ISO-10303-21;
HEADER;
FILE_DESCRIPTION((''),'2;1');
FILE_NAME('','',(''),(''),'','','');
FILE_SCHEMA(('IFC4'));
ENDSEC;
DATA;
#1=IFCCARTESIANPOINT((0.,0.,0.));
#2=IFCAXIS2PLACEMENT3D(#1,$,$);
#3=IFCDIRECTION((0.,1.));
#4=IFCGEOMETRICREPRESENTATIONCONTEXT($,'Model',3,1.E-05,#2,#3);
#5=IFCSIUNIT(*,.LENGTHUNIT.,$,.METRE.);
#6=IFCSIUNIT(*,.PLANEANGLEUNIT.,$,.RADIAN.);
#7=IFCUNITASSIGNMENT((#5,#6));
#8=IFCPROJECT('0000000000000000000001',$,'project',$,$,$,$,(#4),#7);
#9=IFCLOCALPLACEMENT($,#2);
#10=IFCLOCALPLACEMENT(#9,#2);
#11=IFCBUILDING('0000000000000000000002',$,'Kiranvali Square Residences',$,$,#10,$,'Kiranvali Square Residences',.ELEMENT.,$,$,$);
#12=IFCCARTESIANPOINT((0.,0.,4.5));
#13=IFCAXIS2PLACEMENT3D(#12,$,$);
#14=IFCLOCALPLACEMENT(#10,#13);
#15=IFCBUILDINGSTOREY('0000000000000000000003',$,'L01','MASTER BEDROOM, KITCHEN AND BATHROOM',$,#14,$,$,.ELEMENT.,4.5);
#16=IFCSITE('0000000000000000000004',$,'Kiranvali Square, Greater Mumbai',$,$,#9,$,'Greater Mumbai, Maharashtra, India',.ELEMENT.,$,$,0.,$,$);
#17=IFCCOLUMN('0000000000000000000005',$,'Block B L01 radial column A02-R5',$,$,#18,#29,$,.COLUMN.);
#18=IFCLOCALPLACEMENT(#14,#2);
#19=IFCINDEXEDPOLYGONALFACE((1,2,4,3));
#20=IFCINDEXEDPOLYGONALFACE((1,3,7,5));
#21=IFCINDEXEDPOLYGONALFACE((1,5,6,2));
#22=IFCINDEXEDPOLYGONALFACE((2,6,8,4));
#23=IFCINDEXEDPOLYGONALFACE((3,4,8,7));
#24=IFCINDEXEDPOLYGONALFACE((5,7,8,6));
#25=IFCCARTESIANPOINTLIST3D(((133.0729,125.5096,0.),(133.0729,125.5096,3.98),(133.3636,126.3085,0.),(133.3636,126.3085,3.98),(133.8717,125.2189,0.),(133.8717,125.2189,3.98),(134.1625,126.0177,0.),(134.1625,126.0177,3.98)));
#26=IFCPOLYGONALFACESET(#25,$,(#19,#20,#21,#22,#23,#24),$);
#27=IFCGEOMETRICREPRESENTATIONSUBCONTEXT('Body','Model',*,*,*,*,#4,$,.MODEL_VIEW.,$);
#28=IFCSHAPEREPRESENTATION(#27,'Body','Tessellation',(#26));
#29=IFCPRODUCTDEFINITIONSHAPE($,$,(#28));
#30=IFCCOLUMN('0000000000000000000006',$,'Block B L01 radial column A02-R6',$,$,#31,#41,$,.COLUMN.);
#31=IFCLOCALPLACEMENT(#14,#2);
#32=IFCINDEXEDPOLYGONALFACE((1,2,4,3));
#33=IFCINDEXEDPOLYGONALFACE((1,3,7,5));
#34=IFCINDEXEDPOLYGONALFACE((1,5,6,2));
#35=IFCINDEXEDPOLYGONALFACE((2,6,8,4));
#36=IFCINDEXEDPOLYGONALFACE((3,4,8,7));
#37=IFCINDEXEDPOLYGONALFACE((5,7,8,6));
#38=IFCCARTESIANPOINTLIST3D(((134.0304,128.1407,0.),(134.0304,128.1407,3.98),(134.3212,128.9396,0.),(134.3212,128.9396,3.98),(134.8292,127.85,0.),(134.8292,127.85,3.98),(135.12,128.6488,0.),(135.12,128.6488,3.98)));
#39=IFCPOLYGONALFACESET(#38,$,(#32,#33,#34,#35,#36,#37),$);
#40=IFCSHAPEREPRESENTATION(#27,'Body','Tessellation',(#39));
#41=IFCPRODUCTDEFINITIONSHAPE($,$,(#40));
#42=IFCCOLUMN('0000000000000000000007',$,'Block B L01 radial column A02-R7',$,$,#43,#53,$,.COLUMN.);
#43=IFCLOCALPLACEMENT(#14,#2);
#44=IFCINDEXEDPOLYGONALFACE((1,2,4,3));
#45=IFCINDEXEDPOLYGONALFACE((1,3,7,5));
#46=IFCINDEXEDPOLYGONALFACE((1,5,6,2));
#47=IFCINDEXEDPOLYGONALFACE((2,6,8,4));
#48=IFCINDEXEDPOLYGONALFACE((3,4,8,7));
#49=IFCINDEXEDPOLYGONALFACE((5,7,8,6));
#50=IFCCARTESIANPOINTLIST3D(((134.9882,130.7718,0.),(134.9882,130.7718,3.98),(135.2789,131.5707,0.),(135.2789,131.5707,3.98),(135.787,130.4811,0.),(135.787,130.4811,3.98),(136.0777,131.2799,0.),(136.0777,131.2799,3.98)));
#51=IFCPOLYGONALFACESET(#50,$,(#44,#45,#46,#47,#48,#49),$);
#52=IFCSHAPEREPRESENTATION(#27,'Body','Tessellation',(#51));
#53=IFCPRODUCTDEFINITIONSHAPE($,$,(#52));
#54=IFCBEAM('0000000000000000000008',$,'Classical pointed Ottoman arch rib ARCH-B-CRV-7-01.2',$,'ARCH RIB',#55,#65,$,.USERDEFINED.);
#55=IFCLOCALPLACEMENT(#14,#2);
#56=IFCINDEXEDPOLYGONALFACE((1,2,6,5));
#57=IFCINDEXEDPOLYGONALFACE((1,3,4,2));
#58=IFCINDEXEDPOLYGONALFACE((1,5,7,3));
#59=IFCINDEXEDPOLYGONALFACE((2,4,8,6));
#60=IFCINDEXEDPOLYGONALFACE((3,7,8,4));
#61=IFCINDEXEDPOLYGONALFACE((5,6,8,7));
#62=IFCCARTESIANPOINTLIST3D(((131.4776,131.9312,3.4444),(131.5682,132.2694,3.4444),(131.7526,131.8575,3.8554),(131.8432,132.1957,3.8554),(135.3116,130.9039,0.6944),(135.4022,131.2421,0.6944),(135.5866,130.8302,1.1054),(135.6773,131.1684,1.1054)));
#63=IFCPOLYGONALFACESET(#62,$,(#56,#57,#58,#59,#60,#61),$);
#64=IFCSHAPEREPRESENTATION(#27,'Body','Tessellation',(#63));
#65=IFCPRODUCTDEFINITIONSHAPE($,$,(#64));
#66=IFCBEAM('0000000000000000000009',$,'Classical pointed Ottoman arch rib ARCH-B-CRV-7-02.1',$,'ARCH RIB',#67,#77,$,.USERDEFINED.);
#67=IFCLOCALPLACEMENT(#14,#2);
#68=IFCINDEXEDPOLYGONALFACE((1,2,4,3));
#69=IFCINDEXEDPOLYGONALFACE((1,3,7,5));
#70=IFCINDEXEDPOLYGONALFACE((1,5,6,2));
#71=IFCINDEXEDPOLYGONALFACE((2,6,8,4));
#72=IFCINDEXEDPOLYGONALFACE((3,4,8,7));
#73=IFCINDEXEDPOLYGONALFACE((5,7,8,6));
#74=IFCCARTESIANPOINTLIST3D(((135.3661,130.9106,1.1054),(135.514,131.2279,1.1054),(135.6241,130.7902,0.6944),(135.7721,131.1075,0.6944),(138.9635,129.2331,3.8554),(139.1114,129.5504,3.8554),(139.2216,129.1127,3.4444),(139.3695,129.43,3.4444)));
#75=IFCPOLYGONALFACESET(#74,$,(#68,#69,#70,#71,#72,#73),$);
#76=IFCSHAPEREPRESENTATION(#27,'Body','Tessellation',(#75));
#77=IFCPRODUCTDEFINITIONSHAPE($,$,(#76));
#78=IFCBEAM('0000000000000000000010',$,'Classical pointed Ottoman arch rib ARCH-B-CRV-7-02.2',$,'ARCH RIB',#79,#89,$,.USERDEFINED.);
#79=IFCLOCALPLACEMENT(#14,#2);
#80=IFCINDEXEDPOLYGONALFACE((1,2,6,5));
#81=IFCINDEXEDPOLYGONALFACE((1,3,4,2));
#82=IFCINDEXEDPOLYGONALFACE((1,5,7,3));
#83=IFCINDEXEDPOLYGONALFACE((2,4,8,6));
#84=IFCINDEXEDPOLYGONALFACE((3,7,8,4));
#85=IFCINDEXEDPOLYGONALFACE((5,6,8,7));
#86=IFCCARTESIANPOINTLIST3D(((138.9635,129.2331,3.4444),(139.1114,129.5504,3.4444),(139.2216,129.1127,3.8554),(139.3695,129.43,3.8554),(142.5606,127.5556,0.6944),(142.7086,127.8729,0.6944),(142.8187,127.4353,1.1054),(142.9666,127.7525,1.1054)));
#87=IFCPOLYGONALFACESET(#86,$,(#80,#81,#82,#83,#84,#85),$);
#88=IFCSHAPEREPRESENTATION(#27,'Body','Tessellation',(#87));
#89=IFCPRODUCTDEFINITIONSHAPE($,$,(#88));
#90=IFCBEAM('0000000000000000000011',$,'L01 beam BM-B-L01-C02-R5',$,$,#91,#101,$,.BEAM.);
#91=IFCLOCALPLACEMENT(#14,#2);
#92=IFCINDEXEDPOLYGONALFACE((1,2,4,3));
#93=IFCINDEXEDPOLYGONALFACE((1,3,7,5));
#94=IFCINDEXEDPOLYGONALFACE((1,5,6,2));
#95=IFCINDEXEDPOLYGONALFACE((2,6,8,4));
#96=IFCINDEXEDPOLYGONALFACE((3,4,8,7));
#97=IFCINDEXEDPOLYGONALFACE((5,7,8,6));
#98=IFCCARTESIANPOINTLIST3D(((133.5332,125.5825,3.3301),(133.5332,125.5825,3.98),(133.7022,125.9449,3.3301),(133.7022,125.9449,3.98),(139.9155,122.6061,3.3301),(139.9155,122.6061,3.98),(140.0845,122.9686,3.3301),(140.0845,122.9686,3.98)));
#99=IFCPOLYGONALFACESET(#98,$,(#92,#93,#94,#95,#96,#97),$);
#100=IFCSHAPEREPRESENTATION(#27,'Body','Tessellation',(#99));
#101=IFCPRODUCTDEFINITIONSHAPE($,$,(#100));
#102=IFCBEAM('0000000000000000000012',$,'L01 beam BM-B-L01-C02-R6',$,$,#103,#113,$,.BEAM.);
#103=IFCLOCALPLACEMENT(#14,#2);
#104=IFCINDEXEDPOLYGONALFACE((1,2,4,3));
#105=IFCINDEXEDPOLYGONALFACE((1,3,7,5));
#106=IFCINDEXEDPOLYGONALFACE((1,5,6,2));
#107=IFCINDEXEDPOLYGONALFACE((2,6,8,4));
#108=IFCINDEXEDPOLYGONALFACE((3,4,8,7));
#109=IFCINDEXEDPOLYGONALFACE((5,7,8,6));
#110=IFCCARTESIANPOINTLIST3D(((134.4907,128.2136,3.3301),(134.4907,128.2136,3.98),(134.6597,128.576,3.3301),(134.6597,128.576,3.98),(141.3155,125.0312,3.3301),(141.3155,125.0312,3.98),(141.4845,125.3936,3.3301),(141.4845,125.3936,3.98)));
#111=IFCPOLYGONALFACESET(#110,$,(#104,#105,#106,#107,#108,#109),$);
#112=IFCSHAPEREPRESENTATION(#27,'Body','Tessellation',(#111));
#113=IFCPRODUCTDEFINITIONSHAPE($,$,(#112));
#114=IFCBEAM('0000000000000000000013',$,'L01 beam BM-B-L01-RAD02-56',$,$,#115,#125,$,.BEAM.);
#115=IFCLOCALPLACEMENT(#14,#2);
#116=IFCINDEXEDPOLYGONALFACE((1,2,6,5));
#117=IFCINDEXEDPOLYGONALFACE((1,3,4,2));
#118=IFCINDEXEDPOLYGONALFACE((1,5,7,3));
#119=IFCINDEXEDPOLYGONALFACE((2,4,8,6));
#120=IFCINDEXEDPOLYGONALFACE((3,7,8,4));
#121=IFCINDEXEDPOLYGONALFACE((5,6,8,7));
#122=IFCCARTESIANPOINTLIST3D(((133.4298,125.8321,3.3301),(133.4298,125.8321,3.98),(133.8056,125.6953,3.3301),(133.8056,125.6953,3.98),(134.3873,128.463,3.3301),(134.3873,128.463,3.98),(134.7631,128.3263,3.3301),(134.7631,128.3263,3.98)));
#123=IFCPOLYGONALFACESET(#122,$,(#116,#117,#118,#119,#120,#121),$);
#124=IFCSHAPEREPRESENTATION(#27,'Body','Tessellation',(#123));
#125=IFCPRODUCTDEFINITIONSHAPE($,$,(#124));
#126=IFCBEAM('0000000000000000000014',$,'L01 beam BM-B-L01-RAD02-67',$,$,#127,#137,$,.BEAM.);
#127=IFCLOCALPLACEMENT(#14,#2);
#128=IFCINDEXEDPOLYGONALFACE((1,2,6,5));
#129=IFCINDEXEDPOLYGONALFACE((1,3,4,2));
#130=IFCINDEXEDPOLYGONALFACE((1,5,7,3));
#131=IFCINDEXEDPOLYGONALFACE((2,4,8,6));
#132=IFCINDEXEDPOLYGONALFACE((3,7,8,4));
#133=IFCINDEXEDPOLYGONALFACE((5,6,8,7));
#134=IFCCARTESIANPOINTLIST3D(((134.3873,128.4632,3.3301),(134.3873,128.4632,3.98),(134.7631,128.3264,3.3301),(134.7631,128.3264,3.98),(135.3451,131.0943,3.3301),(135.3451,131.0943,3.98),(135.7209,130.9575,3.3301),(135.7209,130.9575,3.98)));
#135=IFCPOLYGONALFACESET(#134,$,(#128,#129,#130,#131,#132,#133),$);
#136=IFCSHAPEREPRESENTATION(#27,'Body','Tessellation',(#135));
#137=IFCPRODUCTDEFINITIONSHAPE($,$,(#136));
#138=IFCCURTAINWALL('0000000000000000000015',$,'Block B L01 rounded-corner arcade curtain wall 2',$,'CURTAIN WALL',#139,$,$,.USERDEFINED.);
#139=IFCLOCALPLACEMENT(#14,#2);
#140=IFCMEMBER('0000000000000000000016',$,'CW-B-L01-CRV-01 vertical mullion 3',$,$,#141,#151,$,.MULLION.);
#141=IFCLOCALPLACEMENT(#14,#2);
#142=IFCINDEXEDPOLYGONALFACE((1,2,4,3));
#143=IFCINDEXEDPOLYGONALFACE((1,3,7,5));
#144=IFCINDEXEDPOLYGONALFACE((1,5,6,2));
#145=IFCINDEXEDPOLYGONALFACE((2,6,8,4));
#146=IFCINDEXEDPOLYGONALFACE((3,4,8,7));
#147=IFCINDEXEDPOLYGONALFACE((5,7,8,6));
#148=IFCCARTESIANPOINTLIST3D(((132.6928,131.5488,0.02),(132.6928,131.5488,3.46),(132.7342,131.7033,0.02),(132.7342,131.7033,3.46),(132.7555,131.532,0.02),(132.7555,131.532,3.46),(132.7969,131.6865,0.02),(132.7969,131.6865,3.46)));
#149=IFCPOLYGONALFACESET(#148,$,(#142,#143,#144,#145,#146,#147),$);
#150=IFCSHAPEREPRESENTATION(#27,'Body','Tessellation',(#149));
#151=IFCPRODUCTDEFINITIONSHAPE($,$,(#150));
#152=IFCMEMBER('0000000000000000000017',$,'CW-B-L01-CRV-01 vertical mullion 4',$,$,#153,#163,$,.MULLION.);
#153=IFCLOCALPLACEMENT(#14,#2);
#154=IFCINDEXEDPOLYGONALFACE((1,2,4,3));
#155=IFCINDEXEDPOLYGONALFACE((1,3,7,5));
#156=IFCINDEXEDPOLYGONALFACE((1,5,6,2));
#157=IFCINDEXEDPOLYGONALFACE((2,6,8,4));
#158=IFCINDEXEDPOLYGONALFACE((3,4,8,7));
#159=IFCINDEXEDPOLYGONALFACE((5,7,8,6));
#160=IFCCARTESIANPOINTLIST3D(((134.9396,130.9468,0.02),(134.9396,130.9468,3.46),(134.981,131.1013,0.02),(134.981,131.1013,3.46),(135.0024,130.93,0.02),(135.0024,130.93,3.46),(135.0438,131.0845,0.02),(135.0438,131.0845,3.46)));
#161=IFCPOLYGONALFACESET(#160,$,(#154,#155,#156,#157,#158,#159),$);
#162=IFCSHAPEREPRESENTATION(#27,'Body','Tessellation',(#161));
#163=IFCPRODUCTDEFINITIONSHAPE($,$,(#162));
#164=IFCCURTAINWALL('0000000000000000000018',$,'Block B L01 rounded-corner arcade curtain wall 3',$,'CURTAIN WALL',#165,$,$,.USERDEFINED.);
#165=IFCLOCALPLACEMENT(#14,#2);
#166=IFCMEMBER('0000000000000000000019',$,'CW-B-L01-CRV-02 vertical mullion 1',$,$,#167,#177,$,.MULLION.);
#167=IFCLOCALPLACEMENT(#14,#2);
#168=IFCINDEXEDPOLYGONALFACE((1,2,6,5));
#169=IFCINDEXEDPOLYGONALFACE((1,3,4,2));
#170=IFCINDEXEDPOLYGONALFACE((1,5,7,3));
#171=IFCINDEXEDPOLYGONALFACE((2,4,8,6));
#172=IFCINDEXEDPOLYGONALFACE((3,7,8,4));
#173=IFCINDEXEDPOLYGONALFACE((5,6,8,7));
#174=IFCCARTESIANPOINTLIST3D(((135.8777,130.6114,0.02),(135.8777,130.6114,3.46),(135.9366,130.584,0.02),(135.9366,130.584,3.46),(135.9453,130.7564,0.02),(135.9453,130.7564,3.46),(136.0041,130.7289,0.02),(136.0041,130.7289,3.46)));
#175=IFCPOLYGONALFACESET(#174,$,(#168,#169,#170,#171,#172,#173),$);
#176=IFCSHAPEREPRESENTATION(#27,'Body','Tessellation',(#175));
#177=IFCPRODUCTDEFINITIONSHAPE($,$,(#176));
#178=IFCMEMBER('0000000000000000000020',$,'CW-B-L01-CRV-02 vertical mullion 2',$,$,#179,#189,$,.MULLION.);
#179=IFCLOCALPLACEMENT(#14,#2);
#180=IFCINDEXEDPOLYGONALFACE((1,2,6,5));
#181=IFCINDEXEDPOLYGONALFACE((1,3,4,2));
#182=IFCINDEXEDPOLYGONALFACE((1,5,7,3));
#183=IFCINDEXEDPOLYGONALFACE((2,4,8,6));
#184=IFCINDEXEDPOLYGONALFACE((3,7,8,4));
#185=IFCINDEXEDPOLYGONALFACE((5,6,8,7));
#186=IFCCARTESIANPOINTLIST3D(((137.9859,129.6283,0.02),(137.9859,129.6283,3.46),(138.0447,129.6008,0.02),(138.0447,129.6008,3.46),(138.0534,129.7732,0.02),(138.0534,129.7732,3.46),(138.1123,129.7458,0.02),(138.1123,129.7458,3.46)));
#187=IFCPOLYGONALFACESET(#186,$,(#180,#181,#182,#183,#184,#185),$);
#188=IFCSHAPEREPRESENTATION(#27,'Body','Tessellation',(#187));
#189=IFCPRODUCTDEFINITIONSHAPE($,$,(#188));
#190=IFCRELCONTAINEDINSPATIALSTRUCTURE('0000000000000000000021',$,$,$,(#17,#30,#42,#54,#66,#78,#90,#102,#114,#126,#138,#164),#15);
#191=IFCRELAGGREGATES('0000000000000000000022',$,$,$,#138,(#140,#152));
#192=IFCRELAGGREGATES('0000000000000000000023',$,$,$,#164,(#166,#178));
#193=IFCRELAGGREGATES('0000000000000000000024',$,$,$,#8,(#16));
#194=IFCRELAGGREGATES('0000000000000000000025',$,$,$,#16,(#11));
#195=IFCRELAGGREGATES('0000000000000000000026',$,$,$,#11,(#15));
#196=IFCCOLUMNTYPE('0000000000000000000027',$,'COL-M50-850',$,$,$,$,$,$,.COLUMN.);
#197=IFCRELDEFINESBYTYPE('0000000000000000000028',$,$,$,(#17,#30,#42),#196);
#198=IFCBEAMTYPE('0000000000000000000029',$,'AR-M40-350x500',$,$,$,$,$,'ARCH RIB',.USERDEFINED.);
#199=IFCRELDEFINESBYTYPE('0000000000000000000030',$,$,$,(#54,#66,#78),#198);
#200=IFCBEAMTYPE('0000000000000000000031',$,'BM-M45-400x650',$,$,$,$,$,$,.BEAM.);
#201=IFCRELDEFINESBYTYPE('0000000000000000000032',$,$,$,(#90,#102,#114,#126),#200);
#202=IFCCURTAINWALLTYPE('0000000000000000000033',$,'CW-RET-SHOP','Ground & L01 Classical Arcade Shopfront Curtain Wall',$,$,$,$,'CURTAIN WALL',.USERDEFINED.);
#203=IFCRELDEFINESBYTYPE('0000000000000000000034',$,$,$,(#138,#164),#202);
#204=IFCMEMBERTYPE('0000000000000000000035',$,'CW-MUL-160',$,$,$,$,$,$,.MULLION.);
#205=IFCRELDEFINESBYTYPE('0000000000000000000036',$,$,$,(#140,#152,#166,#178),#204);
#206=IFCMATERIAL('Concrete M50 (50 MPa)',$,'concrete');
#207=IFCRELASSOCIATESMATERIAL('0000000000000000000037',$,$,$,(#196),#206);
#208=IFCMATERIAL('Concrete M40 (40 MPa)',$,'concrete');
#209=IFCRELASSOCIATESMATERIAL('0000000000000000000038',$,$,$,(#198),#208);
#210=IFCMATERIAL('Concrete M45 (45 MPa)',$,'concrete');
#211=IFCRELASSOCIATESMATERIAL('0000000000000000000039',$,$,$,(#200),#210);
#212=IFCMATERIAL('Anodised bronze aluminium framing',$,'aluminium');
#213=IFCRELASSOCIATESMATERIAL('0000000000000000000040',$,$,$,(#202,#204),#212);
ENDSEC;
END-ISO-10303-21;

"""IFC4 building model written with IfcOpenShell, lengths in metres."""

from ifc_helpers import new_model, si_unit, direction, frame, origin, origin_2d, place, context, subcontext, project, spatial, rectangle, extrude, material, material_profile, profile_set, type_object, element, aggregate, save


model = new_model("IFC4")

# Units and contexts
model_context = context("Model", 3, precision=1e-05, world=origin(), true_north=direction((0.0, 1.0)))
body_context = subcontext(model_context, "Body", "Model", "MODEL_VIEW")
ifc_project = project(units=[si_unit("LENGTHUNIT", "METRE"), si_unit("PLANEANGLEUNIT", "RADIAN")], contexts=[model_context])

# Site, building, storey
site_placement = place(None, origin())
site = spatial("IfcSite", under=ifc_project, at=site_placement, Name="Kiranvali Square, Greater Mumbai", LongName="Greater Mumbai, Maharashtra, India", CompositionType="ELEMENT", RefElevation=0.0)
building_placement = place(site_placement, origin())
building = spatial("IfcBuilding", under=site, at=building_placement, Name="Kiranvali Square Residences", LongName="Kiranvali Square Residences", CompositionType="ELEMENT")
storey_placement = place(building_placement, frame((0.0, 0.0, 4.5)))
storey = spatial("IfcBuildingStorey", under=building, at=storey_placement, Name="L01", Description="MASTER BEDROOM, KITCHEN AND BATHROOM", CompositionType="ELEMENT", Elevation=4.5)

# Columns
ifc_material_1 = material(Name="Concrete M50 (50 MPa)", Category="concrete")
ifc_material_profile_1 = material_profile(ifc_material_1, rectangle(XDim=0.8501, YDim=0.8501, at=origin_2d()), Name="RC 850x850")
ifc_profile_set_1 = profile_set([ifc_material_profile_1], Name="Concrete M50 (50 MPa)")
column_type = type_object("IfcColumnType", Name="COL-M50-850", PredefinedType="COLUMN", material=ifc_profile_set_1)
for number, where, z_axis, x_axis, name in (
    (1, (133.6177, 125.7637, 0.0), (0.0, 0.0, 1.0), (-0.939693, 0.34202, 0.0), "Block B L01 radial column A02-R5"),
    (2, (134.5752, 128.3948, 0.0), (0.0, 0.0, 1.0), (-0.939693, 0.34202, 0.0), "Block B L01 radial column A02-R6"),
    (3, (135.533, 131.0259, 0.0), (0.0, 0.0, 1.0), (-0.939693, 0.34202, 0.0), "Block B L01 radial column A02-R7"),
):
    element("IfcColumn", number, at=place(storey_placement, frame(where, z_axis=z_axis, x_axis=x_axis)), inside=storey, type_object=column_type, Name=name, PredefinedType="COLUMN", context=body_context, shape_type="SweptSolid", body=[
        extrude(rectangle(XDim=0.8501, YDim=0.8501, at=origin_2d()), origin(), (0.0, 0.0, 1.0), 3.98),
    ])

# Beams
ifc_material_2 = material(Name="Concrete M40 (40 MPa)", Category="concrete")
ifc_material_profile_2 = material_profile(ifc_material_2, rectangle(XDim=0.3501, YDim=0.5, at=origin_2d()), Name="RC 350x500")
ifc_profile_set_2 = profile_set([ifc_material_profile_2], Name="Concrete M40 (40 MPa)")
beam_type_1 = type_object("IfcBeamType", Name="AR-M40-350x500", ElementType="ARCH RIB", PredefinedType="USERDEFINED", material=ifc_profile_set_2)
for number, where, z_axis, x_axis, name in (
    (4, (131.6604, 132.0635, 3.6499), (0.793982, -0.212753, -0.569499), (0.258826, 0.965924, 0.0), "Classical pointed Ottoman arch rib ARCH-B-CRV-7-01.2"),
    (5, (135.5691, 131.009, 0.8999), (0.744982, -0.347389, 0.569493), (0.422616, 0.906309, 0.0), "Classical pointed Ottoman arch rib ARCH-B-CRV-7-02.1"),
):
    element("IfcBeam", number, at=place(storey_placement, frame(where, z_axis=z_axis, x_axis=x_axis)), inside=storey, type_object=beam_type_1, Name=name, ObjectType="ARCH RIB", PredefinedType="USERDEFINED", context=body_context, shape_type="SweptSolid", body=[
        extrude(rectangle(XDim=0.3501, YDim=0.5, at=origin_2d()), origin(), (0.0, 0.0, 1.0), 4.8289),
    ])
beam_1_placement = place(storey_placement, frame((139.1665, 129.3315, 3.6499), z_axis=(0.74496, -0.347402, -0.569515), x_axis=(0.42264, 0.906298, 0.0)))
element("IfcBeam", 6, at=beam_1_placement, inside=storey, type_object=beam_type_1, Name="Classical pointed Ottoman arch rib ARCH-B-CRV-7-02.2", ObjectType="ARCH RIB", PredefinedType="USERDEFINED", context=body_context, shape_type="SweptSolid", body=[
    extrude(rectangle(XDim=0.3501, YDim=0.5, at=origin_2d()), origin(), (0.0, 0.0, 1.0), 4.8286),
])
ifc_material_3 = material(Name="Concrete M45 (45 MPa)", Category="concrete")
ifc_material_profile_3 = material_profile(ifc_material_3, rectangle(XDim=0.3999, YDim=0.6499, at=origin_2d()), Name="RC 400x650")
ifc_profile_set_3 = profile_set([ifc_material_profile_3], Name="Concrete M45 (45 MPa)")
beam_type_2 = type_object("IfcBeamType", Name="BM-M45-400x650", PredefinedType="BEAM", material=ifc_profile_set_3)
beam_2_placement = place(storey_placement, frame((133.6177, 125.7637, 3.655), z_axis=(0.906297, -0.422641, 0.0), x_axis=(0.422641, 0.906297, 0.0)))
element("IfcBeam", 7, at=beam_2_placement, inside=storey, type_object=beam_type_2, Name="L01 beam BM-B-L01-C02-R5", PredefinedType="BEAM", context=body_context, shape_type="SweptSolid", body=[
    extrude(rectangle(XDim=0.3999, YDim=0.6499, at=origin_2d()), origin(), (0.0, 0.0, 1.0), 7.0422),
])
beam_3_placement = place(storey_placement, frame((134.5752, 128.3948, 3.655), z_axis=(0.90631, -0.422614, 0.0), x_axis=(0.422614, 0.90631, 0.0)))
element("IfcBeam", 8, at=beam_3_placement, inside=storey, type_object=beam_type_2, Name="L01 beam BM-B-L01-C02-R6", PredefinedType="BEAM", context=body_context, shape_type="SweptSolid", body=[
    extrude(rectangle(XDim=0.3999, YDim=0.6499, at=origin_2d()), origin(), (0.0, 0.0, 1.0), 7.5303),
])
beam_4_placement = place(storey_placement, frame((133.6177, 125.7637, 3.655), z_axis=(0.341981, 0.939707, 0.0), x_axis=(-0.939707, 0.341981, 0.0)))
element("IfcBeam", 9, at=beam_4_placement, inside=storey, type_object=beam_type_2, Name="L01 beam BM-B-L01-RAD02-56", PredefinedType="BEAM", context=body_context, shape_type="SweptSolid", body=[
    extrude(rectangle(XDim=0.3999, YDim=0.6499, at=origin_2d()), origin(), (0.0, 0.0, 1.0), 2.7998),
])
beam_5_placement = place(storey_placement, frame((134.5752, 128.3948, 3.655), z_axis=(0.342058, 0.939679, 0.0), x_axis=(-0.939679, 0.342058, 0.0)))
element("IfcBeam", 10, at=beam_5_placement, inside=storey, type_object=beam_type_2, Name="L01 beam BM-B-L01-RAD02-67", PredefinedType="BEAM", context=body_context, shape_type="SweptSolid", body=[
    extrude(rectangle(XDim=0.3999, YDim=0.6499, at=origin_2d()), origin(), (0.0, 0.0, 1.0), 2.8),
])

# Curtain walls, members
ifc_material_4 = material(Name="Anodised bronze aluminium framing", Category="aluminium")
curtain_wall_type = type_object("IfcCurtainWallType", Name="CW-RET-SHOP", Description="Ground & L01 Classical Arcade Shopfront Curtain Wall", ElementType="CURTAIN WALL", PredefinedType="USERDEFINED", material=ifc_material_4)
curtain_wall_1_placement = place(storey_placement, origin())
curtain_wall_1 = element("IfcCurtainWall", 11, at=curtain_wall_1_placement, inside=storey, type_object=curtain_wall_type, Name="Block B L01 rounded-corner arcade curtain wall 2", ObjectType="CURTAIN WALL", PredefinedType="USERDEFINED")
ifc_material_profile_4 = material_profile(ifc_material_4, rectangle(XDim=0.0649, YDim=0.1599, at=origin_2d()), Name="ALU 65x160")
ifc_profile_set_4 = profile_set([ifc_material_profile_4], Name="Anodised bronze aluminium framing")
member_type_1 = type_object("IfcMemberType", Name="CW-MUL-160", PredefinedType="MULLION", material=ifc_profile_set_4)
member_1_placement = place(storey_placement, frame((132.7449, 131.6177, 0.02), z_axis=(0.0, 0.0, 1.0), x_axis=(0.965926, -0.258819, 0.0)))
member_1 = element("IfcMember", 12, at=member_1_placement, type_object=member_type_1, Name="CW-B-L01-CRV-01 vertical mullion 3", PredefinedType="MULLION", context=body_context, shape_type="SweptSolid", body=[
    extrude(rectangle(XDim=0.0649, YDim=0.1599, at=origin_2d()), origin(), (0.0, 0.0, 1.0), 3.4399),
])
member_2_placement = place(storey_placement, frame((134.9917, 131.0156, 0.02), z_axis=(0.0, 0.0, 1.0), x_axis=(0.965926, -0.258819, 0.0)))
member_2 = element("IfcMember", 13, at=member_2_placement, type_object=member_type_1, Name="CW-B-L01-CRV-01 vertical mullion 4", PredefinedType="MULLION", context=body_context, shape_type="SweptSolid", body=[
    extrude(rectangle(XDim=0.0649, YDim=0.1599, at=origin_2d()), origin(), (0.0, 0.0, 1.0), 3.4399),
])
curtain_wall_2_placement = place(storey_placement, origin())
curtain_wall_2 = element("IfcCurtainWall", 14, at=curtain_wall_2_placement, inside=storey, type_object=curtain_wall_type, Name="Block B L01 rounded-corner arcade curtain wall 3", ObjectType="CURTAIN WALL", PredefinedType="USERDEFINED")
member_3_placement = place(storey_placement, frame((135.9409, 130.6702, 0.02), z_axis=(0.0, 0.0, 1.0), x_axis=(0.906308, -0.422618, 0.0)))
member_3 = element("IfcMember", 15, at=member_3_placement, type_object=member_type_1, Name="CW-B-L01-CRV-02 vertical mullion 1", PredefinedType="MULLION", context=body_context, shape_type="SweptSolid", body=[
    extrude(rectangle(XDim=0.0649, YDim=0.1599, at=origin_2d()), origin(), (0.0, 0.0, 1.0), 3.4399),
])
member_4_placement = place(storey_placement, frame((138.0491, 129.687, 0.02), z_axis=(0.0, 0.0, 1.0), x_axis=(0.906308, -0.422618, 0.0)))
member_4 = element("IfcMember", 16, at=member_4_placement, type_object=member_type_1, Name="CW-B-L01-CRV-02 vertical mullion 2", PredefinedType="MULLION", context=body_context, shape_type="SweptSolid", body=[
    extrude(rectangle(XDim=0.0649, YDim=0.1599, at=origin_2d()), origin(), (0.0, 0.0, 1.0), 3.4399),
])

aggregate(curtain_wall_1, [member_1, member_2])
aggregate(curtain_wall_2, [member_3, member_4])

save(model, "model.ifc")
